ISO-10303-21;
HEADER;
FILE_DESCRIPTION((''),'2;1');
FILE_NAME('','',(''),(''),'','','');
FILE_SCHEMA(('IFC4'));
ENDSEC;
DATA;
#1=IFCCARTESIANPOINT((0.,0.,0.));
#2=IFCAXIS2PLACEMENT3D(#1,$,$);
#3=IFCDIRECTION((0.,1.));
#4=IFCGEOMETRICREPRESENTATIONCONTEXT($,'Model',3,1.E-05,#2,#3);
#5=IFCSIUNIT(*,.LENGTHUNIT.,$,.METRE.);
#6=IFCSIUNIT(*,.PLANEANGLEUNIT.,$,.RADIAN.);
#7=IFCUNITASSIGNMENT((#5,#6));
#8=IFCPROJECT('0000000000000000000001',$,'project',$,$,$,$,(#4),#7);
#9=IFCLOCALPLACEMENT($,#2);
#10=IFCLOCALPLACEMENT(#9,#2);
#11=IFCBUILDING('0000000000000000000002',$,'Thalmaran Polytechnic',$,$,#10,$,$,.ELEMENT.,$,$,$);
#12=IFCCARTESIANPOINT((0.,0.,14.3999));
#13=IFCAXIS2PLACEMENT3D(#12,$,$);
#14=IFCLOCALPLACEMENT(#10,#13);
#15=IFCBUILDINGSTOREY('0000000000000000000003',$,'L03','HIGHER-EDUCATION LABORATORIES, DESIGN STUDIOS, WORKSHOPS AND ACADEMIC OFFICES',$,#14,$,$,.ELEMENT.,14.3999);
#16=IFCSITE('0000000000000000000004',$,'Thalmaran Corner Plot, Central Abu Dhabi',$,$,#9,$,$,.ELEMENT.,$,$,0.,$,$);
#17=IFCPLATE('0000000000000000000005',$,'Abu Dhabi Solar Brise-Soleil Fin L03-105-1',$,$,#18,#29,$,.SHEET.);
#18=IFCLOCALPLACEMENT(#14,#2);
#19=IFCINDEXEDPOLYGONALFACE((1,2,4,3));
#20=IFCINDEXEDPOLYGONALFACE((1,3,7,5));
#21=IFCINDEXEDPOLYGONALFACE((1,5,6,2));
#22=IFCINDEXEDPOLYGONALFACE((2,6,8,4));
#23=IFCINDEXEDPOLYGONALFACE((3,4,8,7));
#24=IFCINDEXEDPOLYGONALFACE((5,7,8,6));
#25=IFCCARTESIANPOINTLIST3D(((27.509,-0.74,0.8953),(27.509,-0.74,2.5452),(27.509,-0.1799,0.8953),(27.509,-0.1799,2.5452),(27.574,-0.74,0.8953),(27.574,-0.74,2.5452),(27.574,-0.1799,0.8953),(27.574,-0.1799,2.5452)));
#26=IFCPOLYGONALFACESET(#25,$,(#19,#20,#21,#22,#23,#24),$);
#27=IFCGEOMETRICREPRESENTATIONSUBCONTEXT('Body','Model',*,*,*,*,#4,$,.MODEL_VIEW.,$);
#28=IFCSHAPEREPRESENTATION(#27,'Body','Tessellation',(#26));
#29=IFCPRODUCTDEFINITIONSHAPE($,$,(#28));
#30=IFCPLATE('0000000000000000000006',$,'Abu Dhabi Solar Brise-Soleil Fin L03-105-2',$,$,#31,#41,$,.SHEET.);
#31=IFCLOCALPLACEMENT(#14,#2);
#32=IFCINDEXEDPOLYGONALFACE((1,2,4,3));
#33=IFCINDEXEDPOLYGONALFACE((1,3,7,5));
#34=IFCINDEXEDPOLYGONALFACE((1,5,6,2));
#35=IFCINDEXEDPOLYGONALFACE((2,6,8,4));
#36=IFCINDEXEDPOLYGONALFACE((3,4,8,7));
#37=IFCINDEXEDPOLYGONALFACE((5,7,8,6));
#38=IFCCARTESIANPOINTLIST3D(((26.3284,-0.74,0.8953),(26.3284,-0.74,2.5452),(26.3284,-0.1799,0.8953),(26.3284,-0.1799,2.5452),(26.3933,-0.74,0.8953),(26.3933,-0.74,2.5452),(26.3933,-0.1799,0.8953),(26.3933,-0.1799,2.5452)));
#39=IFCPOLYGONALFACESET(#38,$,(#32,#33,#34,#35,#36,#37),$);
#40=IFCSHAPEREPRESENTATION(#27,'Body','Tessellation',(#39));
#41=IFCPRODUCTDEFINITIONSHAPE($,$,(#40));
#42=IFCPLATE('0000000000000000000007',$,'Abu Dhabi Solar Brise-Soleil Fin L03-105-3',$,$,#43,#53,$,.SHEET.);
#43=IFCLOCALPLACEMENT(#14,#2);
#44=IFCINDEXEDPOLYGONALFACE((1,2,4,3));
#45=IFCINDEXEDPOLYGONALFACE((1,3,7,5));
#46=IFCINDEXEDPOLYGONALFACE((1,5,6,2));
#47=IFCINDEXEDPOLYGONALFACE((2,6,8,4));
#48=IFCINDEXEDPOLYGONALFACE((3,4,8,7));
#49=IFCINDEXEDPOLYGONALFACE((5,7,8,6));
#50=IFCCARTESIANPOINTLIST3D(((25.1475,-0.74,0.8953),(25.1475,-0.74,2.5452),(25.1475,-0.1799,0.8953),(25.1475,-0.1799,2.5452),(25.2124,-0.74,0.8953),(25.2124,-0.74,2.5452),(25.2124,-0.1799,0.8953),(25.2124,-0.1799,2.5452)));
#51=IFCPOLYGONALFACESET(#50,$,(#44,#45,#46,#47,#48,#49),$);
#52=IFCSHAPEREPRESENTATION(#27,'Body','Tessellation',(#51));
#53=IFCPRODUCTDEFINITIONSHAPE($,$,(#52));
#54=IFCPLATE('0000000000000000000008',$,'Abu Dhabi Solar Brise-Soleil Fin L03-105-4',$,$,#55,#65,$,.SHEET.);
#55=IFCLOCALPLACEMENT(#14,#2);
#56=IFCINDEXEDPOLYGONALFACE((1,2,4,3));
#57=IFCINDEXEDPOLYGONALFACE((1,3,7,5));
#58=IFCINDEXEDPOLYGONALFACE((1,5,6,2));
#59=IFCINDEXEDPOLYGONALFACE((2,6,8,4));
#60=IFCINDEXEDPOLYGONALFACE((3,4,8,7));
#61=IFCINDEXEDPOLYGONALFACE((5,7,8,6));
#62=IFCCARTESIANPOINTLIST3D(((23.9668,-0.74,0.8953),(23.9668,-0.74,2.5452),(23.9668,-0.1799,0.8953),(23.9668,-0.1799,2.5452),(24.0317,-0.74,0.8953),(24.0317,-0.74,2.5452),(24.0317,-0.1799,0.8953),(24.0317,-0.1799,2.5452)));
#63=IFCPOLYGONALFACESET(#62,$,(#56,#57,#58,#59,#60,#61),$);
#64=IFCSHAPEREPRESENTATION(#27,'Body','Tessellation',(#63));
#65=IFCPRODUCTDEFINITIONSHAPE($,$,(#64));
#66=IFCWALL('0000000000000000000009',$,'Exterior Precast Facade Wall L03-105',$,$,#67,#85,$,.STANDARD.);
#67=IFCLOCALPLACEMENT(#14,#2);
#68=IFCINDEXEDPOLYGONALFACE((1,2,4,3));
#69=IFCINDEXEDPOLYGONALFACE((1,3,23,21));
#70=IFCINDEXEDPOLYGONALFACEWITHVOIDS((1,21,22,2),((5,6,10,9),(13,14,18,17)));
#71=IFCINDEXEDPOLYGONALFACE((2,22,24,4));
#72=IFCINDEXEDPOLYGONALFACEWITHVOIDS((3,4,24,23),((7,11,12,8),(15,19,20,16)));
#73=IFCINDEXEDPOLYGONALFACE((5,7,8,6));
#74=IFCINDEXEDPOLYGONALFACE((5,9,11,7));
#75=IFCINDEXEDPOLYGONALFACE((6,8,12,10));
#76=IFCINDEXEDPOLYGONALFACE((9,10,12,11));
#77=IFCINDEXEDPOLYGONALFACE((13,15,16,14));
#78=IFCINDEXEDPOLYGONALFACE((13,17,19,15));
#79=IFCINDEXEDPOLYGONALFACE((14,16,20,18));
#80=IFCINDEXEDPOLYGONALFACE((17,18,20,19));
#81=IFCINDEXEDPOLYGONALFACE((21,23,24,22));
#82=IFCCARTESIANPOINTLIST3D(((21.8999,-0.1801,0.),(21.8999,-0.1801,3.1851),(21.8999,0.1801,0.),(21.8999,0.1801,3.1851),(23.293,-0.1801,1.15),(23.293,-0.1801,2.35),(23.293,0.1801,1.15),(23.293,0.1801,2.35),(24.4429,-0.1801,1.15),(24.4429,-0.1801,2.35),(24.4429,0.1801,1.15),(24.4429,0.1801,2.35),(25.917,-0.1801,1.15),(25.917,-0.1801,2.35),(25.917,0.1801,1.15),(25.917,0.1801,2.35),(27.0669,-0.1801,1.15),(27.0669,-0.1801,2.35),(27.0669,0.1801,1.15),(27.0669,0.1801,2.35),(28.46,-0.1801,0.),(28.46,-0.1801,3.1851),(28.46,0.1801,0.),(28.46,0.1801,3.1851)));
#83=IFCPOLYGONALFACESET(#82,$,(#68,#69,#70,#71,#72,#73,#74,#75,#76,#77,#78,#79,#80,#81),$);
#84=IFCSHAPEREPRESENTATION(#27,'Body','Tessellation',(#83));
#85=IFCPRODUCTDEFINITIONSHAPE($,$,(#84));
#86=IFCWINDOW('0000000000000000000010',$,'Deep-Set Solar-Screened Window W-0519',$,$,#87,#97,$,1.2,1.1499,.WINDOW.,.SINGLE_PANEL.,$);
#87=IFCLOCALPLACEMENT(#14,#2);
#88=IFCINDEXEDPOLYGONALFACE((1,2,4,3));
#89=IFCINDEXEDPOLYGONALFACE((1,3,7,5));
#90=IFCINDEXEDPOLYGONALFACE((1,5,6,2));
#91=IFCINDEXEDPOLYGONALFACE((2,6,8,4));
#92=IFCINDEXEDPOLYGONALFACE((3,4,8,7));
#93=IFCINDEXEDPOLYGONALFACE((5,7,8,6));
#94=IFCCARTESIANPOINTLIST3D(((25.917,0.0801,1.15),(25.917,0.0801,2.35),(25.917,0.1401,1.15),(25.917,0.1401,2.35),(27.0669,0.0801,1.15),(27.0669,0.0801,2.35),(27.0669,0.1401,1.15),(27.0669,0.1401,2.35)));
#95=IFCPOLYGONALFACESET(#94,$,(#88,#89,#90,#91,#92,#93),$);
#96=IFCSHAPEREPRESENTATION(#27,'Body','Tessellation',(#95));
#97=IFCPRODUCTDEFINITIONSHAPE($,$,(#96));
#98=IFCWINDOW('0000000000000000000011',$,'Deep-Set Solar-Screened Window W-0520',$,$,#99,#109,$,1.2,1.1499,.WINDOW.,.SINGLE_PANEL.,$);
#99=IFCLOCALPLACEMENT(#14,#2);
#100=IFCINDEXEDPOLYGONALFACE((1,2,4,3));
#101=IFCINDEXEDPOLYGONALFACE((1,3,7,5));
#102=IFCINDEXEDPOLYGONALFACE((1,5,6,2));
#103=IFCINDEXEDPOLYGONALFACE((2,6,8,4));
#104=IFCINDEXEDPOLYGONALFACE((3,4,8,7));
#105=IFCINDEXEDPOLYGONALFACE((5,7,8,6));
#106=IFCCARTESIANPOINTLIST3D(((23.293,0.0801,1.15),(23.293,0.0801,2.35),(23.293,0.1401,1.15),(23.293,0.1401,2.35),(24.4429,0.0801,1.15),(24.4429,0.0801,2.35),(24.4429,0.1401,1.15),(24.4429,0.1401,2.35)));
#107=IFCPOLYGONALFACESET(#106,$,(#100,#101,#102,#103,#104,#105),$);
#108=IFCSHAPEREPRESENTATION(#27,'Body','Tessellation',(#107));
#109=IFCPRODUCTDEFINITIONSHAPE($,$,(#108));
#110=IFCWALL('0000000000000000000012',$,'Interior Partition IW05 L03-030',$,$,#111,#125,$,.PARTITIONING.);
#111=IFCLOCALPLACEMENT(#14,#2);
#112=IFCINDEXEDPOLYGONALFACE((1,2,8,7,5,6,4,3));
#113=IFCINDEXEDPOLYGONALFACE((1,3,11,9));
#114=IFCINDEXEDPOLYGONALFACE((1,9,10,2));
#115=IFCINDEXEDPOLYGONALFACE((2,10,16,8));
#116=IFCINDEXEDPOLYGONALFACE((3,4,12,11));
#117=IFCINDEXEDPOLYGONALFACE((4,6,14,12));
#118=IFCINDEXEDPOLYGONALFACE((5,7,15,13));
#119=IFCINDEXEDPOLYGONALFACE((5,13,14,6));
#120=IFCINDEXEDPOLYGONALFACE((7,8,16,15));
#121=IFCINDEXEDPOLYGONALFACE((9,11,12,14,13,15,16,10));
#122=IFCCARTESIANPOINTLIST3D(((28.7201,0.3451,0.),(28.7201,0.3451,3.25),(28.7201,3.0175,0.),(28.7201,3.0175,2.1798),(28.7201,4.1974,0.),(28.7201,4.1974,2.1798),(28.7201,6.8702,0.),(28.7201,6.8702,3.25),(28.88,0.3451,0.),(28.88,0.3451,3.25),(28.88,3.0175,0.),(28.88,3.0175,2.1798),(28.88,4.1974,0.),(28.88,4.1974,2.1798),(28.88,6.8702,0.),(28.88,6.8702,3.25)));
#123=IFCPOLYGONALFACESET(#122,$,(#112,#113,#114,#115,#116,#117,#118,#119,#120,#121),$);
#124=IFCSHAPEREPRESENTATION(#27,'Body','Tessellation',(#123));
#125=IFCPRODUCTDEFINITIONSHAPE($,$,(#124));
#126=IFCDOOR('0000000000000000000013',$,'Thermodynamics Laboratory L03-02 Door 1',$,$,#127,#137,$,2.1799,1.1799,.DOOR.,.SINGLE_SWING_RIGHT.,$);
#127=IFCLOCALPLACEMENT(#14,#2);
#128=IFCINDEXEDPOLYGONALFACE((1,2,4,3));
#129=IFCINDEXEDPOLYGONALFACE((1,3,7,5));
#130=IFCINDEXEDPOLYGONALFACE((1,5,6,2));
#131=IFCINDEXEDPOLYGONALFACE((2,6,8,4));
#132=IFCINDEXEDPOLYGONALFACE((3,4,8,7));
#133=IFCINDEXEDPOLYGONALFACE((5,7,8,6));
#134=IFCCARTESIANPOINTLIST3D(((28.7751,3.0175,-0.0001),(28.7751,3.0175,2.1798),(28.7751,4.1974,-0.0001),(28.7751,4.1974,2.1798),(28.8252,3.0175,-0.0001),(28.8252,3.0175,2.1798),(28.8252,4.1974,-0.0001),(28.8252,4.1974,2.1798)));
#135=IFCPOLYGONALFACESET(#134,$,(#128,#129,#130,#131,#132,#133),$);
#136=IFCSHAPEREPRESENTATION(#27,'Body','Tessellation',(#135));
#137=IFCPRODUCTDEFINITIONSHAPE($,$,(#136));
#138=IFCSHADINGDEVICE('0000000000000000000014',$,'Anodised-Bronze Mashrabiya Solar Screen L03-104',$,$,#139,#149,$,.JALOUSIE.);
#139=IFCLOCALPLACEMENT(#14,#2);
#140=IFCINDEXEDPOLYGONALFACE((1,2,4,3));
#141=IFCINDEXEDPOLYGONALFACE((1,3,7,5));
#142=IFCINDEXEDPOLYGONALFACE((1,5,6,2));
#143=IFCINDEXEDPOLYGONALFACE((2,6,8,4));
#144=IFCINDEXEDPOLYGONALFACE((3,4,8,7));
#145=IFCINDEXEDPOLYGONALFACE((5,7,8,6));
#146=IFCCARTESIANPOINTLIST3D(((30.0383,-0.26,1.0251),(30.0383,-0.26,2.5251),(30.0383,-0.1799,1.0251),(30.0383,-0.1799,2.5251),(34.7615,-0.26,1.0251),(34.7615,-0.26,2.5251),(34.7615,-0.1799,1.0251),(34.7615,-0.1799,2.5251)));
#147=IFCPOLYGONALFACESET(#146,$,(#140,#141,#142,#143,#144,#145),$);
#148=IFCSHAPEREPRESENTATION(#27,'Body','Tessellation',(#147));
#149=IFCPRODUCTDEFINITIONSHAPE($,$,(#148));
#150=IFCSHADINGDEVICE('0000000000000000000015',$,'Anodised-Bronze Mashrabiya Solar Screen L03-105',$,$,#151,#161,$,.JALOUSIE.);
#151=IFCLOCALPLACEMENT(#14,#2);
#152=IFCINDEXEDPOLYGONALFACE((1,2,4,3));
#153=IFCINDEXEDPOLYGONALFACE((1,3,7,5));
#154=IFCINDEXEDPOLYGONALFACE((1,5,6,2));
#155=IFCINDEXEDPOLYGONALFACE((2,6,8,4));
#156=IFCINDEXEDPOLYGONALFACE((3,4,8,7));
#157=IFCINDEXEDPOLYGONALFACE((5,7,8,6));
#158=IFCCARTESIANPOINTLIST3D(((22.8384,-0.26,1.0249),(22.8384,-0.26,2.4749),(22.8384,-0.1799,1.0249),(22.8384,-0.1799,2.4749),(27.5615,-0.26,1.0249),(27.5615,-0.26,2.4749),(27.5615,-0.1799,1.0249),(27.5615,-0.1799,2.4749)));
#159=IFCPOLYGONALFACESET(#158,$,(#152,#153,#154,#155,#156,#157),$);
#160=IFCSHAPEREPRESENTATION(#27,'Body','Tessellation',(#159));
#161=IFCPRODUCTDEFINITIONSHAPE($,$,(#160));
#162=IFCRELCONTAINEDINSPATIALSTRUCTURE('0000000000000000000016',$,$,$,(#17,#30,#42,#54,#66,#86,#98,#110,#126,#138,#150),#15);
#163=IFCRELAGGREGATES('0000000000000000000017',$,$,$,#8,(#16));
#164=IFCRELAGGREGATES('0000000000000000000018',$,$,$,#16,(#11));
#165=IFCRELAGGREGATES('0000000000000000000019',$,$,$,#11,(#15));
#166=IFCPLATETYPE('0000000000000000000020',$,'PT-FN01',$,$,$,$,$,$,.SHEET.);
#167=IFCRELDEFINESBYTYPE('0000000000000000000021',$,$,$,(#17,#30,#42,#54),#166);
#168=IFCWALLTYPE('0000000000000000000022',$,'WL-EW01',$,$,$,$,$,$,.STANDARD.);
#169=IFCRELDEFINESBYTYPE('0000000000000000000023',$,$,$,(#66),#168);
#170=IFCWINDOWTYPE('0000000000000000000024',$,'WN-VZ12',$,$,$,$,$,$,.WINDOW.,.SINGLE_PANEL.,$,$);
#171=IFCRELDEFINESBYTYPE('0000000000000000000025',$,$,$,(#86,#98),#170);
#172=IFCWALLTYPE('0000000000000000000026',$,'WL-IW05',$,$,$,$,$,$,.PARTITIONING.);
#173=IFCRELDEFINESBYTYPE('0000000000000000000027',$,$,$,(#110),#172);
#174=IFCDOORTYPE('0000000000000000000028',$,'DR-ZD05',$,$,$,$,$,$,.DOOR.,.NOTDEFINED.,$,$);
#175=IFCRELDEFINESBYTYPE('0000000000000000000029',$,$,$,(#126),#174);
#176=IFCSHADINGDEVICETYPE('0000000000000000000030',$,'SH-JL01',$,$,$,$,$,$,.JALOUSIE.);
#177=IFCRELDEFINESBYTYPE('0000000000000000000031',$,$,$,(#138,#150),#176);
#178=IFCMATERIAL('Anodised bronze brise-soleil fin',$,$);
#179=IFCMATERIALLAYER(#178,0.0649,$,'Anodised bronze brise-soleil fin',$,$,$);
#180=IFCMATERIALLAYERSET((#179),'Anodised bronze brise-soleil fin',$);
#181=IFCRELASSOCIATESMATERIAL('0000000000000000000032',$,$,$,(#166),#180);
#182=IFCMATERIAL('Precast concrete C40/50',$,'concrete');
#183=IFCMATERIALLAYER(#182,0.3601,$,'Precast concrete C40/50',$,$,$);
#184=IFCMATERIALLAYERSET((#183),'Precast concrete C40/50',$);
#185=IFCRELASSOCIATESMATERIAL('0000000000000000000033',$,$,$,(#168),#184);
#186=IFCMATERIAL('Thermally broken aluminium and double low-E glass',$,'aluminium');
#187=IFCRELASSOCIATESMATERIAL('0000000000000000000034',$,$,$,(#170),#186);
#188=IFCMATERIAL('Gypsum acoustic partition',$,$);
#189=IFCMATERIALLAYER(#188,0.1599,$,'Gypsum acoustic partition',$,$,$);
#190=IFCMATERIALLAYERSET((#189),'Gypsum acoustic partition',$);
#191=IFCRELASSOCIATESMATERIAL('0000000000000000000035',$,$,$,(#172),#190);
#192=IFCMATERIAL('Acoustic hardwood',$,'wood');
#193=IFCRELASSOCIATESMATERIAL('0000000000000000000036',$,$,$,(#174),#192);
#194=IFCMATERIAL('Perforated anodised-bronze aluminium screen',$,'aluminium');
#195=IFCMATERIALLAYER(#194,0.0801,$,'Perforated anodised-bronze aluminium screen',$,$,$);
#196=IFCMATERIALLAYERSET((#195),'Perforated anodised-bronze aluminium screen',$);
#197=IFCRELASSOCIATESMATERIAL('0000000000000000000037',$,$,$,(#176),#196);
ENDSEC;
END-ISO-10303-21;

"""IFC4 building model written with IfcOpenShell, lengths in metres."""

from ifc_helpers import new_model, si_unit, direction, frame, frame_2d, origin, origin_2d, place, context, subcontext, project, spatial, rectangle, extrude, material, layer, layer_set, type_object, element, fill, save


model = new_model("IFC4")

# Units and contexts
model_context = context("Model", 3, precision=1e-05, world=origin(), true_north=direction((0.0, 1.0)))
body_context = subcontext(model_context, "Body", "Model", "MODEL_VIEW")
ifc_project = project(units=[si_unit("LENGTHUNIT", "METRE"), si_unit("PLANEANGLEUNIT", "RADIAN")], contexts=[model_context])

# Site, building, storey
site_placement = place(None, origin())
site = spatial("IfcSite", under=ifc_project, at=site_placement, Name="Thalmaran Corner Plot, Central Abu Dhabi", CompositionType="ELEMENT", RefElevation=0.0)
building_placement = place(site_placement, origin())
building = spatial("IfcBuilding", under=site, at=building_placement, Name="Thalmaran Polytechnic", CompositionType="ELEMENT")
storey_placement = place(building_placement, frame((0.0, 0.0, 14.3999)))
storey = spatial("IfcBuildingStorey", under=building, at=storey_placement, Name="L03", Description="HIGHER-EDUCATION LABORATORIES, DESIGN STUDIOS, WORKSHOPS AND ACADEMIC OFFICES", CompositionType="ELEMENT", Elevation=14.3999)

# Plates
ifc_material_1 = material(Name="Anodised bronze brise-soleil fin")
ifc_layer_1 = layer(ifc_material_1, 0.0649, Name="Anodised bronze brise-soleil fin")
ifc_layer_set_1 = layer_set([ifc_layer_1], Name="Anodised bronze brise-soleil fin")
plate_type_1 = type_object("IfcPlateType", Name="PT-FN01", PredefinedType="SHEET", material=ifc_layer_set_1)
for number, where, z_axis, x_axis, name in (
    (1, (27.5415, -0.46, 0.8953), (0.0, 0.0, 1.0), (-1.0, 0.0, 0.0), "Abu Dhabi Solar Brise-Soleil Fin L03-105-1"),
    (2, (26.3608, -0.46, 0.8953), (0.0, 0.0, 1.0), (-1.0, 0.0, 0.0), "Abu Dhabi Solar Brise-Soleil Fin L03-105-2"),
    (3, (25.1799, -0.46, 0.8953), (0.0, 0.0, 1.0), (-1.0, 0.0, 0.0), "Abu Dhabi Solar Brise-Soleil Fin L03-105-3"),
    (4, (23.9993, -0.46, 0.8953), (0.0, 0.0, 1.0), (-1.0, 0.0, 0.0), "Abu Dhabi Solar Brise-Soleil Fin L03-105-4"),
):
    element("IfcPlate", number, at=place(storey_placement, frame(where, z_axis=z_axis, x_axis=x_axis)), inside=storey, type_object=plate_type_1, Name=name, PredefinedType="SHEET", context=body_context, shape_type="SweptSolid", body=[
        extrude(rectangle(XDim=0.0649, YDim=0.5601, at=origin_2d()), origin(), (0.0, 0.0, 1.0), 1.6499),
    ])

# Wall, openings, windows
ifc_material_2 = material(Name="Precast concrete C40/50", Category="concrete")
ifc_layer_2 = layer(ifc_material_2, 0.3601, Name="Precast concrete C40/50")
ifc_layer_set_2 = layer_set([ifc_layer_2], Name="Precast concrete C40/50")
wall_type_1 = type_object("IfcWallType", Name="WL-EW01", PredefinedType="STANDARD", material=ifc_layer_set_2)
wall_1_placement = place(storey_placement, frame((28.46, 0.0, 0.0), z_axis=(0.0, 0.0, 1.0), x_axis=(-1.0, 0.0, 0.0)))
wall_1 = element("IfcWall", 5, at=wall_1_placement, inside=storey, type_object=wall_type_1, Name="Exterior Precast Facade Wall L03-105", PredefinedType="STANDARD", context=body_context, shape_type="SweptSolid", body=[
    extrude(rectangle(XDim=6.5601, YDim=0.3601, at=frame_2d((3.28, 0.0))), origin(), (0.0, 0.0, 1.0), 3.1851),
])
opening_1_placement = place(wall_1_placement, frame((1.3931, 0.0, 1.1499)))
opening_1 = element("IfcOpeningElement", 6, at=opening_1_placement, cuts=wall_1, PredefinedType="OPENING", context=body_context, shape_type="SweptSolid", body=[
    extrude(rectangle(XDim=1.1499, YDim=1.2, at=frame_2d((0.575, 0.6001))), frame((0.0, 0.1899, 0.0), z_axis=(0.0, -1.0, 0.0), x_axis=(1.0, 0.0, 0.0)), (0.0, 0.0, 1.0), 0.3801),
])
opening_2_placement = place(wall_1_placement, frame((4.0171, 0.0, 1.1499)))
opening_2 = element("IfcOpeningElement", 7, at=opening_2_placement, cuts=wall_1, PredefinedType="OPENING", context=body_context, shape_type="SweptSolid", body=[
    extrude(rectangle(XDim=1.1499, YDim=1.2, at=frame_2d((0.575, 0.6001))), frame((0.0, 0.1899, 0.0), z_axis=(0.0, -1.0, 0.0), x_axis=(1.0, 0.0, 0.0)), (0.0, 0.0, 1.0), 0.3801),
])
ifc_material_3 = material(Name="Thermally broken aluminium and double low-E glass", Category="aluminium")
window_type = type_object("IfcWindowType", Name="WN-VZ12", PartitioningType="SINGLE_PANEL", PredefinedType="WINDOW", material=ifc_material_3)
window_1_placement = place(opening_1_placement, origin())
window_1 = element("IfcWindow", 8, at=window_1_placement, inside=storey, type_object=window_type, Name="Deep-Set Solar-Screened Window W-0519", OverallHeight=1.2, OverallWidth=1.1499, PartitioningType="SINGLE_PANEL", PredefinedType="WINDOW", context=body_context, shape_type="SweptSolid", body=[
    extrude(rectangle(XDim=1.1499, YDim=1.2, at=frame_2d((0.575, 0.6001))), frame((0.0, -0.0801, 0.0), z_axis=(0.0, -1.0, 0.0), x_axis=(1.0, 0.0, 0.0)), (0.0, 0.0, 1.0), 0.0601),
])
fill(opening_1, window_1)
window_2_placement = place(opening_2_placement, origin())
window_2 = element("IfcWindow", 9, at=window_2_placement, inside=storey, type_object=window_type, Name="Deep-Set Solar-Screened Window W-0520", OverallHeight=1.2, OverallWidth=1.1499, PartitioningType="SINGLE_PANEL", PredefinedType="WINDOW", context=body_context, shape_type="SweptSolid", body=[
    extrude(rectangle(XDim=1.1499, YDim=1.2, at=frame_2d((0.575, 0.6001))), frame((0.0, -0.0801, 0.0), z_axis=(0.0, -1.0, 0.0), x_axis=(1.0, 0.0, 0.0)), (0.0, 0.0, 1.0), 0.0601),
])
fill(opening_2, window_2)

# Wall, opening, door
ifc_material_4 = material(Name="Gypsum acoustic partition")
ifc_layer_3 = layer(ifc_material_4, 0.1599, Name="Gypsum acoustic partition")
ifc_layer_set_3 = layer_set([ifc_layer_3], Name="Gypsum acoustic partition")
wall_type_2 = type_object("IfcWallType", Name="WL-IW05", PredefinedType="PARTITIONING", material=ifc_layer_set_3)
wall_2_placement = place(storey_placement, frame((28.8, 0.345, 0.0), z_axis=(0.0, 0.0, 1.0), x_axis=(0.0, 1.0, 0.0)))
wall_2 = element("IfcWall", 10, at=wall_2_placement, inside=storey, type_object=wall_type_2, Name="Interior Partition IW05 L03-030", PredefinedType="PARTITIONING", context=body_context, shape_type="SweptSolid", body=[
    extrude(rectangle(XDim=6.5251, YDim=0.1599, at=frame_2d((3.2627, 0.0))), origin(), (0.0, 0.0, 1.0), 3.25),
])
opening_3_placement = place(wall_2_placement, frame((2.6726, 0.0, 0.0)))
opening_3 = element("IfcOpeningElement", 11, at=opening_3_placement, cuts=wall_2, PredefinedType="OPENING", context=body_context, shape_type="SweptSolid", body=[
    extrude(rectangle(XDim=1.1799, YDim=2.1799, at=frame_2d((0.5898, 1.0898))), frame((0.0, 0.0898, 0.0), z_axis=(0.0, -1.0, 0.0), x_axis=(1.0, 0.0, 0.0)), (0.0, 0.0, 1.0), 0.1799),
])
ifc_material_5 = material(Name="Acoustic hardwood", Category="wood")
door_type = type_object("IfcDoorType", Name="DR-ZD05", OperationType="NOTDEFINED", PredefinedType="DOOR", material=ifc_material_5)
door_placement = place(opening_3_placement, origin())
door = element("IfcDoor", 12, at=door_placement, inside=storey, type_object=door_type, Name="Thermodynamics Laboratory L03-02 Door 1", OperationType="SINGLE_SWING_RIGHT", OverallHeight=2.1799, OverallWidth=1.1799, PredefinedType="DOOR", context=body_context, shape_type="SweptSolid", body=[
    extrude(rectangle(XDim=1.1799, YDim=2.1799, at=frame_2d((0.5898, 1.0898))), frame((0.0, 0.0249, 0.0), z_axis=(0.0, -1.0, 0.0), x_axis=(1.0, 0.0, 0.0)), (0.0, 0.0, 1.0), 0.05),
])
fill(opening_3, door)

# Shading devices
ifc_material_6 = material(Name="Perforated anodised-bronze aluminium screen", Category="aluminium")
ifc_layer_4 = layer(ifc_material_6, 0.0801, Name="Perforated anodised-bronze aluminium screen")
ifc_layer_set_4 = layer_set([ifc_layer_4], Name="Perforated anodised-bronze aluminium screen")
shading_device_type = type_object("IfcShadingDeviceType", Name="SH-JL01", PredefinedType="JALOUSIE", material=ifc_layer_set_4)
shading_device_1_placement = place(storey_placement, frame((32.3999, -0.22, 1.0251), z_axis=(0.0, 0.0, 1.0), x_axis=(-1.0, 0.0, 0.0)))
element("IfcShadingDevice", 13, at=shading_device_1_placement, inside=storey, type_object=shading_device_type, Name="Anodised-Bronze Mashrabiya Solar Screen L03-104", PredefinedType="JALOUSIE", context=body_context, shape_type="SweptSolid", body=[
    extrude(rectangle(XDim=4.7231, YDim=0.0801, at=origin_2d()), origin(), (0.0, 0.0, 1.0), 1.5),
])
shading_device_2_placement = place(storey_placement, frame((25.2, -0.22, 1.0249), z_axis=(0.0, 0.0, 1.0), x_axis=(-1.0, 0.0, 0.0)))
element("IfcShadingDevice", 14, at=shading_device_2_placement, inside=storey, type_object=shading_device_type, Name="Anodised-Bronze Mashrabiya Solar Screen L03-105", PredefinedType="JALOUSIE", context=body_context, shape_type="SweptSolid", body=[
    extrude(rectangle(XDim=4.7231, YDim=0.0801, at=origin_2d()), origin(), (0.0, 0.0, 1.0), 1.45),
])

save(model, "model.ifc")
